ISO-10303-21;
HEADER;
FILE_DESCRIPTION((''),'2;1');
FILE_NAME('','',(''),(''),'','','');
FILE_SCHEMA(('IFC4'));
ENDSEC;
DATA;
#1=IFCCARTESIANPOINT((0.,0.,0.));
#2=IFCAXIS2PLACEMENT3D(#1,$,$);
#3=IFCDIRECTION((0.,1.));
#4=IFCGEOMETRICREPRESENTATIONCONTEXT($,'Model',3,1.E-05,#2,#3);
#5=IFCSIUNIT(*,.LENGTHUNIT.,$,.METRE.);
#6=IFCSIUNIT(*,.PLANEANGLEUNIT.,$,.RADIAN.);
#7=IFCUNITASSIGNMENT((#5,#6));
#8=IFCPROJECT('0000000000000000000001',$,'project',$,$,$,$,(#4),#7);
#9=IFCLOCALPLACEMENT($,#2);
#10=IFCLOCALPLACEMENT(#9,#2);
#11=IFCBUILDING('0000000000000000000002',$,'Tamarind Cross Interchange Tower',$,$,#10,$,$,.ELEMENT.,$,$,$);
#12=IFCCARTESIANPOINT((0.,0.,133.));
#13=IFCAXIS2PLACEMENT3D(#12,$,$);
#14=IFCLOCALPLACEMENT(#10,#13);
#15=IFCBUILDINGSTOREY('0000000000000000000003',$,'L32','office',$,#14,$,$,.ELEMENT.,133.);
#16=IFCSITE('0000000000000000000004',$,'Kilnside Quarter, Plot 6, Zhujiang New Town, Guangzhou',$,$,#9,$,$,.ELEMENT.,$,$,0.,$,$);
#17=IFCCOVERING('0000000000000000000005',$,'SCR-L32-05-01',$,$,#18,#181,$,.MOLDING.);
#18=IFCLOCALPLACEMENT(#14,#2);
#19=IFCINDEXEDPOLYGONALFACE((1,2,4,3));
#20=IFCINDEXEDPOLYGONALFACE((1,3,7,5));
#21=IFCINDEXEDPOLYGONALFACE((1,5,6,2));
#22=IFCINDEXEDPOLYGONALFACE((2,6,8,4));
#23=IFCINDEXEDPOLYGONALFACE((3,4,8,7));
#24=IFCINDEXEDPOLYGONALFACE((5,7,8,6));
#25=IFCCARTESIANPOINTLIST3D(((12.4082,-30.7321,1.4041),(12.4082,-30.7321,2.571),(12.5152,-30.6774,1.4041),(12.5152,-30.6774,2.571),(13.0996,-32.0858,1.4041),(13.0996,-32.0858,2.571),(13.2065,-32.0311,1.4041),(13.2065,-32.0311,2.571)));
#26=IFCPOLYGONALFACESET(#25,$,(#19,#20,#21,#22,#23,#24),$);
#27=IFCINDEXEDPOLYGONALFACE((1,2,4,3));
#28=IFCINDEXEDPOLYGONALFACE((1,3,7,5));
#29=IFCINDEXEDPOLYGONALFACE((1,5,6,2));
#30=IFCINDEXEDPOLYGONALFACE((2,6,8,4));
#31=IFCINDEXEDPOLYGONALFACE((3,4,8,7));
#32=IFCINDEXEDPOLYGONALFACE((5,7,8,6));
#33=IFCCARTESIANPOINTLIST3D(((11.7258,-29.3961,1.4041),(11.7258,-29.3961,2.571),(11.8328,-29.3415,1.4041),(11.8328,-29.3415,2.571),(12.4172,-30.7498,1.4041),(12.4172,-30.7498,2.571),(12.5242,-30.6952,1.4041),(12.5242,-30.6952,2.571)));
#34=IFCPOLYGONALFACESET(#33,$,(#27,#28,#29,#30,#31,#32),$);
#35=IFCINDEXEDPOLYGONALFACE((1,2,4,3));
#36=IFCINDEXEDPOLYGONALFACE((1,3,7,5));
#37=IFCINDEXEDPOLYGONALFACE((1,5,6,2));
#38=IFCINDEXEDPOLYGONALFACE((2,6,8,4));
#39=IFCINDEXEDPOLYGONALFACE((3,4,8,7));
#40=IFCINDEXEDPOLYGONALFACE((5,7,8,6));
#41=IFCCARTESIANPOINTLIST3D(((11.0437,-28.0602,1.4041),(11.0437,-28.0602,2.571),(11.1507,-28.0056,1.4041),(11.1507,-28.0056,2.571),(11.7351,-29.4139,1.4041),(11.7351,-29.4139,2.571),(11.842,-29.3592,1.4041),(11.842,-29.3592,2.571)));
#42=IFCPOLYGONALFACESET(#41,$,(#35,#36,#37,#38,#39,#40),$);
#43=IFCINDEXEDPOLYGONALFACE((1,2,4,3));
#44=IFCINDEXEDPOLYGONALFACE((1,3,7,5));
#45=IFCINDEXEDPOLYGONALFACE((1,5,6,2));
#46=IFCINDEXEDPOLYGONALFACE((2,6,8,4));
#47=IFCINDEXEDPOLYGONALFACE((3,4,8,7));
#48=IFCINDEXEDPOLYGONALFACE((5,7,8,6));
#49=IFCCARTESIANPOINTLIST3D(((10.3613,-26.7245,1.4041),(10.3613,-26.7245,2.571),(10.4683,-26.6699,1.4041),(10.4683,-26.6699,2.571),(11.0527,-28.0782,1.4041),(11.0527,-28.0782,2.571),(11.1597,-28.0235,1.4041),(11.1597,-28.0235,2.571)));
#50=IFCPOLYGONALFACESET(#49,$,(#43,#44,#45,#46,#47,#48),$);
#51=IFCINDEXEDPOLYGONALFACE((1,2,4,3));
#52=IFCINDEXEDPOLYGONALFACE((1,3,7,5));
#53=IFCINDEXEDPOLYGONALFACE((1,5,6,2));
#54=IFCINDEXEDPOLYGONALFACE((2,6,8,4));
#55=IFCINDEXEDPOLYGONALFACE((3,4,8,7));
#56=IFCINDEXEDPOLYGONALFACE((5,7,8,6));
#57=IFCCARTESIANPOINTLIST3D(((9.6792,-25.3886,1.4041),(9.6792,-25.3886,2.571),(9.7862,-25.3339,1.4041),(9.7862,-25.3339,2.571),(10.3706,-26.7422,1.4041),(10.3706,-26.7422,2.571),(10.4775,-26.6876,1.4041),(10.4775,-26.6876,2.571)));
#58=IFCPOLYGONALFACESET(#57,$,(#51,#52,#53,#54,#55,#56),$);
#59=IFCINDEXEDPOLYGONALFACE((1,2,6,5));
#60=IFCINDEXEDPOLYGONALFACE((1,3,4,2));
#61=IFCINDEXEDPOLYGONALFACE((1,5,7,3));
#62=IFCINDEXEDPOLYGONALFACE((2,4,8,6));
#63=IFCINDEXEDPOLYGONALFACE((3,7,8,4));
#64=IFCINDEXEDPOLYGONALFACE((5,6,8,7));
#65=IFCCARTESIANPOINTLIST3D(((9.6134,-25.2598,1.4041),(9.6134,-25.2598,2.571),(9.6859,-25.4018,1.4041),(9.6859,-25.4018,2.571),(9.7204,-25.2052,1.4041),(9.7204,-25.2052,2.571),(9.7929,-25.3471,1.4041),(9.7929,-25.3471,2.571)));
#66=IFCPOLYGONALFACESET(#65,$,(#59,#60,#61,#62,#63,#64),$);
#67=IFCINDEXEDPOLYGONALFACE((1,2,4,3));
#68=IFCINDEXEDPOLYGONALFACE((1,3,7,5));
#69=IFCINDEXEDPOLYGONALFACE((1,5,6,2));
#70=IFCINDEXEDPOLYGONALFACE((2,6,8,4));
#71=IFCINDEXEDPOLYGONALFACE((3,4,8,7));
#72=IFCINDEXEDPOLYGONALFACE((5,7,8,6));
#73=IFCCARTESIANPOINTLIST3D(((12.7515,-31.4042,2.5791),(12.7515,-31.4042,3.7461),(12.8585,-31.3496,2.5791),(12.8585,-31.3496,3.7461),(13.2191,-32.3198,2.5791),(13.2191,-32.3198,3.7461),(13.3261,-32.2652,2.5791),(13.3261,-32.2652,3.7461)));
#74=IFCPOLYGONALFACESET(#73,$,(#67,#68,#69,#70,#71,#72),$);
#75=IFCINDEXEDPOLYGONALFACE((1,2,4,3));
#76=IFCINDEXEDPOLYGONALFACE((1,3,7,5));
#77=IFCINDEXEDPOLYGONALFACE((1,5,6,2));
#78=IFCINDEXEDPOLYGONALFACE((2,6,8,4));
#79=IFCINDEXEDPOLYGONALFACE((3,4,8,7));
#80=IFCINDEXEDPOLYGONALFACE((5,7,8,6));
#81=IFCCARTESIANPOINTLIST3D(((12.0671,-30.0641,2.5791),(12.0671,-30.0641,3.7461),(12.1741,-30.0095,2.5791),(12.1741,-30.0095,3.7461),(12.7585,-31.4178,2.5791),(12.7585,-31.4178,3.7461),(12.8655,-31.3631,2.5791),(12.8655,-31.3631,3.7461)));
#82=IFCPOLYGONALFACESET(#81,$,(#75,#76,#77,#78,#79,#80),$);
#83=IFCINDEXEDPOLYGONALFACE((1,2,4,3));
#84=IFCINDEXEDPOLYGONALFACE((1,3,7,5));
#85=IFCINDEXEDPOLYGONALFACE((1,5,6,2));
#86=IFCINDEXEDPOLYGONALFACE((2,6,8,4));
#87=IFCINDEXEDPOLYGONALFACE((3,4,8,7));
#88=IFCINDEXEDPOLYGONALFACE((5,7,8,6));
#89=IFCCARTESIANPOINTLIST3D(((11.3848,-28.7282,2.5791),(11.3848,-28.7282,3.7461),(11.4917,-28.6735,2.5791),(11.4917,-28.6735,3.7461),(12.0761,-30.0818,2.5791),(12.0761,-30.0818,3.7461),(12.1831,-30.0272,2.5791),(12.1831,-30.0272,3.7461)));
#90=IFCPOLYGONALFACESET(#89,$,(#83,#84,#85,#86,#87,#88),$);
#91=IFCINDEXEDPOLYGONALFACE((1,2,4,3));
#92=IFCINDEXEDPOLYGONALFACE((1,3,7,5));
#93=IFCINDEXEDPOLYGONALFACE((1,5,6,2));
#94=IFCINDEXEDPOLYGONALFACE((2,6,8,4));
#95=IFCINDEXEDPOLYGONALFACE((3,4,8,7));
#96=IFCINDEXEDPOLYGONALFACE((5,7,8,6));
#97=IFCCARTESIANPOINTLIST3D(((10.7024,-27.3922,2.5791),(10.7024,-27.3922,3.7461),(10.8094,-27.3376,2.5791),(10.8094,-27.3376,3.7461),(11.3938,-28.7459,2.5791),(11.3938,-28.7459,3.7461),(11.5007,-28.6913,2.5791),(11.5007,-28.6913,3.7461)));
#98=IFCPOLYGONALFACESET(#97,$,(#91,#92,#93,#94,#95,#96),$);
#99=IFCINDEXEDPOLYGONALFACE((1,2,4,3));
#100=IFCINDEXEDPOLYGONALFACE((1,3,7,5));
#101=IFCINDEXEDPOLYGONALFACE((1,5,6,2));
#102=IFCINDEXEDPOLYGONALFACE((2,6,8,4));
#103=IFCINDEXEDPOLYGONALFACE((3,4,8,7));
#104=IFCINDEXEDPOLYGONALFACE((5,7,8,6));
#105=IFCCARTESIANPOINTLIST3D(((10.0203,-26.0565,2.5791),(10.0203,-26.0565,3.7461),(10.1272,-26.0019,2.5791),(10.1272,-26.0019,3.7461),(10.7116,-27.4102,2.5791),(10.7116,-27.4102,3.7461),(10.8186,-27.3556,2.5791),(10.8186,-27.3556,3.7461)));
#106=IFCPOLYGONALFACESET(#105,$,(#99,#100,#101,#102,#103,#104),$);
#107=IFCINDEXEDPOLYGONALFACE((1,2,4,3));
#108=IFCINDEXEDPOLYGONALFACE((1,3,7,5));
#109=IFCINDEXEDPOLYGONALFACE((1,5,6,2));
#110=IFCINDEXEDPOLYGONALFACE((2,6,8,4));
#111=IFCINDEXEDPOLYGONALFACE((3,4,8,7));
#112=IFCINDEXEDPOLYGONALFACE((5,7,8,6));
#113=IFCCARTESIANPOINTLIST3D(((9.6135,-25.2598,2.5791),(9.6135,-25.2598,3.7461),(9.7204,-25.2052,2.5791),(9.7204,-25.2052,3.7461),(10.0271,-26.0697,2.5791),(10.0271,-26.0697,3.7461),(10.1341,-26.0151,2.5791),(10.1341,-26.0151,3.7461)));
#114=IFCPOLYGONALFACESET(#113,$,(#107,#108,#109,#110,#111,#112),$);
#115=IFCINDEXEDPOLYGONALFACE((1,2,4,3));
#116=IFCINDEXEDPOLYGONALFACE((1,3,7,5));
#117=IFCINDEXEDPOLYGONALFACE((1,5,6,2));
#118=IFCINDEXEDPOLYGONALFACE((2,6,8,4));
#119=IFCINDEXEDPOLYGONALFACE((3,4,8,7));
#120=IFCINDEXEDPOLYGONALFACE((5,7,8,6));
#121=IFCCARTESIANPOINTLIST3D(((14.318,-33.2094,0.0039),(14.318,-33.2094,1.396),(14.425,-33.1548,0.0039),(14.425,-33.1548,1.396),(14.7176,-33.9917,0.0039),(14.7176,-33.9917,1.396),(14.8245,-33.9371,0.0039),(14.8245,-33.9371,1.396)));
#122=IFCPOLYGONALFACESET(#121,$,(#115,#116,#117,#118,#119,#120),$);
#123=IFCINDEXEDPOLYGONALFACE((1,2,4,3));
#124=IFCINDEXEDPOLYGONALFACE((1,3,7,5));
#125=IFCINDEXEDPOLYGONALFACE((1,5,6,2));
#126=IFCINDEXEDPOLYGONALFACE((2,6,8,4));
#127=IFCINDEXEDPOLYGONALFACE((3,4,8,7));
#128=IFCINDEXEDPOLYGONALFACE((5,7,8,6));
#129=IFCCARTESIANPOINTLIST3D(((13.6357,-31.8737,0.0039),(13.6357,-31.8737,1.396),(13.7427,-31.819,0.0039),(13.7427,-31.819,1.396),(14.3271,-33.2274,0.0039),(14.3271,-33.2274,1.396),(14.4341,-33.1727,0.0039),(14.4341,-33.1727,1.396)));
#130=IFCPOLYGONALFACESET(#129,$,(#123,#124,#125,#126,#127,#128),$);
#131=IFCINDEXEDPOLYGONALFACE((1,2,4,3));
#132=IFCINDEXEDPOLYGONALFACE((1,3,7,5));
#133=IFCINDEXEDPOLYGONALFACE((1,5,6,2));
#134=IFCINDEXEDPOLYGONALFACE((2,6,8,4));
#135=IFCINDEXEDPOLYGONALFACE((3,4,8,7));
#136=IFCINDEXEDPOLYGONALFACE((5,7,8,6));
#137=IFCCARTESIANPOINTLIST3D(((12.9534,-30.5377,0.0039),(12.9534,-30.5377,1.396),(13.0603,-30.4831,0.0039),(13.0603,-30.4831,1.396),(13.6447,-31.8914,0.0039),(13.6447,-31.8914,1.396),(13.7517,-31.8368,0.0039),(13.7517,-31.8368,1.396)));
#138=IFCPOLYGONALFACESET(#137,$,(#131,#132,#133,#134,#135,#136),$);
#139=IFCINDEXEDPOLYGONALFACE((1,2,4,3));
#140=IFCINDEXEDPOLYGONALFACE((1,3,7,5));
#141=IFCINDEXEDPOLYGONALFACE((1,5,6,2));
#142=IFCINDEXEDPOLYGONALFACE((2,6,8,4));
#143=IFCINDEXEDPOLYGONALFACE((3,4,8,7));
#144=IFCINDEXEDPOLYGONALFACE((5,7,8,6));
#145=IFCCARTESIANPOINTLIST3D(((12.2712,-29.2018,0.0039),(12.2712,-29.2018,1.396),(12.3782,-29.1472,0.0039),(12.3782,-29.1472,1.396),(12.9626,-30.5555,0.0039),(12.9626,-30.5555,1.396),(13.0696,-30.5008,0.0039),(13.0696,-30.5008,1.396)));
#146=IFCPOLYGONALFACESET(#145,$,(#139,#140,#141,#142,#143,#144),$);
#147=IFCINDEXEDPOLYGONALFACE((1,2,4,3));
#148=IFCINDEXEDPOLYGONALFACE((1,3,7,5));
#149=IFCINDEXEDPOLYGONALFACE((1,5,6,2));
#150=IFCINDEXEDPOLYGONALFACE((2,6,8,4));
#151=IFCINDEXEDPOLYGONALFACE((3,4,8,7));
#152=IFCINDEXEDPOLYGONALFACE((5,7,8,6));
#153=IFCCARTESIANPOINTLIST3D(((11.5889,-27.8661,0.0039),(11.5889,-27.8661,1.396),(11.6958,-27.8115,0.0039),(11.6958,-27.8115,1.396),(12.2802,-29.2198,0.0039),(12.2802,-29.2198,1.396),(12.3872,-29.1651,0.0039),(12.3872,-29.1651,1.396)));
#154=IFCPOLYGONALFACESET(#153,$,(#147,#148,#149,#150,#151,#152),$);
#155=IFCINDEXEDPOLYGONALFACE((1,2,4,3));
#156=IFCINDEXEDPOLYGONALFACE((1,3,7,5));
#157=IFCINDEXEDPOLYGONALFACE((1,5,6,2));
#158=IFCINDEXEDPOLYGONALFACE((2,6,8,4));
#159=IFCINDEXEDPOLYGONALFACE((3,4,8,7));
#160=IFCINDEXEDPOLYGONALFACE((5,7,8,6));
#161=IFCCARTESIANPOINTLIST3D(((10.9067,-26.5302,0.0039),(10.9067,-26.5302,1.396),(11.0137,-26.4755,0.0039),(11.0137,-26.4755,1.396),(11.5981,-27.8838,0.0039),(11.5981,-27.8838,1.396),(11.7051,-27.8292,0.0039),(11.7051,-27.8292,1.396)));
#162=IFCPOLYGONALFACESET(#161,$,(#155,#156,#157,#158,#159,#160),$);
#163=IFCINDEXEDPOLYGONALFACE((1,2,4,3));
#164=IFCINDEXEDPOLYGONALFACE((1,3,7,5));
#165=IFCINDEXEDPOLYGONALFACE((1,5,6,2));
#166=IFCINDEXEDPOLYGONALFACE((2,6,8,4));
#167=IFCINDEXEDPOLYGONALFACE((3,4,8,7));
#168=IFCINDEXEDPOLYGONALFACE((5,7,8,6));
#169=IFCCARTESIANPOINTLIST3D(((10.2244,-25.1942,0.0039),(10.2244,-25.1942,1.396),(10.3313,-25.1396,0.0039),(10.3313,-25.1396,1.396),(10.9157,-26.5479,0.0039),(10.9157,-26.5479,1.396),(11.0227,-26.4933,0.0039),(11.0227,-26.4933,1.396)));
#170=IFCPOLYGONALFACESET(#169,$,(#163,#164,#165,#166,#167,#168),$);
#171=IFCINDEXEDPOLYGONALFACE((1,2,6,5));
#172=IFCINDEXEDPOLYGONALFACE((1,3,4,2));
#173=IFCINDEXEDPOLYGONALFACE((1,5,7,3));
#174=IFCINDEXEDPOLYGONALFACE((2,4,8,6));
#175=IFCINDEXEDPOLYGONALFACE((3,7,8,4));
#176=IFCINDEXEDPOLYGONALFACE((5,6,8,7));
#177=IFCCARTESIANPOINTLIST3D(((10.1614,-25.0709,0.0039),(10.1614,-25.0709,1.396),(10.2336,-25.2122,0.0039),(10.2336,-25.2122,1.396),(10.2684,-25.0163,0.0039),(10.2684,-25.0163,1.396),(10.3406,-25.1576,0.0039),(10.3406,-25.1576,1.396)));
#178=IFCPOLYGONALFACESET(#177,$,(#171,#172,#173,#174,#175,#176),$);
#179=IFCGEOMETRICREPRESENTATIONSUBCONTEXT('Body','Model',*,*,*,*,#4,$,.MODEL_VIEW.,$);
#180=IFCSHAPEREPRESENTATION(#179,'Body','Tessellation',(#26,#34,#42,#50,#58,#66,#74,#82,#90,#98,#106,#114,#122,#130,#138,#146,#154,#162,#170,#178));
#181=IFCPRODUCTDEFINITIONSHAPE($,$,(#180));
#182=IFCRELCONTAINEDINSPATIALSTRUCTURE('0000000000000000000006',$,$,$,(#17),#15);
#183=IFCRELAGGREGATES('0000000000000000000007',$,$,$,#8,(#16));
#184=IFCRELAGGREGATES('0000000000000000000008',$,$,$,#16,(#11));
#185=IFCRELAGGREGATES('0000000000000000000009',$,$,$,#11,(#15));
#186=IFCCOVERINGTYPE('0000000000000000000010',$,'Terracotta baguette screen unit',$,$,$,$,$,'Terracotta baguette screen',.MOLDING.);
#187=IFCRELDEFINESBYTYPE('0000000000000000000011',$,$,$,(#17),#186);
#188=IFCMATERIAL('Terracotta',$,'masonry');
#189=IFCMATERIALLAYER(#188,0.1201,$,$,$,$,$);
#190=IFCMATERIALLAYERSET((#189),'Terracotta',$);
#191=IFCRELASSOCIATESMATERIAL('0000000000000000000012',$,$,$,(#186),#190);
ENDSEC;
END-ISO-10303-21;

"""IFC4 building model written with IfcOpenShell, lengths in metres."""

from ifc_helpers import new_model, si_unit, direction, frame, origin, origin_2d, place, context, subcontext, project, spatial, rectangle, extrude, material, layer, layer_set, type_object, element, save


model = new_model("IFC4")

# Units and contexts
model_context = context("Model", 3, precision=1e-05, world=origin(), true_north=direction((0.0, 1.0)))
body_context = subcontext(model_context, "Body", "Model", "MODEL_VIEW")
ifc_project = project(units=[si_unit("LENGTHUNIT", "METRE"), si_unit("PLANEANGLEUNIT", "RADIAN")], contexts=[model_context])

# Site, building, storey
site_placement = place(None, origin())
site = spatial("IfcSite", under=ifc_project, at=site_placement, Name="Kilnside Quarter, Plot 6, Zhujiang New Town, Guangzhou", CompositionType="ELEMENT", RefElevation=0.0)
building_placement = place(site_placement, origin())
building = spatial("IfcBuilding", under=site, at=building_placement, Name="Tamarind Cross Interchange Tower", CompositionType="ELEMENT")
storey_placement = place(building_placement, frame((0.0, 0.0, 133.0)))
storey = spatial("IfcBuildingStorey", under=building, at=storey_placement, Name="L32", Description="office", CompositionType="ELEMENT", Elevation=133.0)

# Covering
ifc_material_1 = material(Name="Terracotta", Category="masonry")
ifc_layer_1 = layer(ifc_material_1, 0.1201)
ifc_layer_set_1 = layer_set([ifc_layer_1], Name="Terracotta")
covering_type = type_object("IfcCoveringType", Name="Terracotta baguette screen unit", ElementType="Terracotta baguette screen", PredefinedType="MOLDING", material=ifc_layer_set_1)
covering_1_placement = place(storey_placement, origin())
element("IfcCovering", 1, at=covering_1_placement, inside=storey, type_object=covering_type, Name="SCR-L32-05-01", PredefinedType="MOLDING", context=body_context, shape_type="SweptSolid", body=[
    extrude(rectangle(XDim=1.52, YDim=0.1201, at=origin_2d()), frame((12.8074, -31.3816, 1.4041), z_axis=(0.0, 0.0, 1.0), x_axis=(-0.454847, 0.89057, 0.0)), (0.0, 0.0, 1.0), 1.167),
    extrude(rectangle(XDim=1.52, YDim=0.1201, at=origin_2d()), frame((12.125, -30.0457, 1.4041), z_axis=(0.0, 0.0, 1.0), x_axis=(-0.454847, 0.89057, 0.0)), (0.0, 0.0, 1.0), 1.167),
    extrude(rectangle(XDim=1.52, YDim=0.1201, at=origin_2d()), frame((11.4429, -28.7097, 1.4041), z_axis=(0.0, 0.0, 1.0), x_axis=(-0.454847, 0.89057, 0.0)), (0.0, 0.0, 1.0), 1.167),
    extrude(rectangle(XDim=1.52, YDim=0.1201, at=origin_2d()), frame((10.7605, -27.374, 1.4041), z_axis=(0.0, 0.0, 1.0), x_axis=(-0.454847, 0.89057, 0.0)), (0.0, 0.0, 1.0), 1.167),
    extrude(rectangle(XDim=1.52, YDim=0.1201, at=origin_2d()), frame((10.0784, -26.0381, 1.4041), z_axis=(0.0, 0.0, 1.0), x_axis=(-0.454847, 0.89057, 0.0)), (0.0, 0.0, 1.0), 1.167),
    extrude(rectangle(XDim=0.1594, YDim=0.1201, at=origin_2d()), frame((9.7031, -25.3035, 1.4041), z_axis=(0.0, 0.0, 1.0), x_axis=(-0.454847, 0.89057, 0.0)), (0.0, 0.0, 1.0), 1.167),
    extrude(rectangle(XDim=1.0281, YDim=0.1201, at=origin_2d()), frame((13.0388, -31.8347, 2.5791), z_axis=(0.0, 0.0, 1.0), x_axis=(-0.454847, 0.89057, 0.0)), (0.0, 0.0, 1.0), 1.167),
    extrude(rectangle(XDim=1.52, YDim=0.1201, at=origin_2d()), frame((12.4663, -30.7136, 2.5791), z_axis=(0.0, 0.0, 1.0), x_axis=(-0.454847, 0.89057, 0.0)), (0.0, 0.0, 1.0), 1.167),
    extrude(rectangle(XDim=1.52, YDim=0.1201, at=origin_2d()), frame((11.7839, -29.3777, 2.5791), z_axis=(0.0, 0.0, 1.0), x_axis=(-0.454847, 0.89057, 0.0)), (0.0, 0.0, 1.0), 1.167),
    extrude(rectangle(XDim=1.52, YDim=0.1201, at=origin_2d()), frame((11.1016, -28.0417, 2.5791), z_axis=(0.0, 0.0, 1.0), x_axis=(-0.454847, 0.89057, 0.0)), (0.0, 0.0, 1.0), 1.167),
    extrude(rectangle(XDim=1.52, YDim=0.1201, at=origin_2d()), frame((10.4194, -26.7061, 2.5791), z_axis=(0.0, 0.0, 1.0), x_axis=(-0.454847, 0.89057, 0.0)), (0.0, 0.0, 1.0), 1.167),
    extrude(rectangle(XDim=0.9094, YDim=0.1201, at=origin_2d()), frame((9.8738, -25.6375, 2.5791), z_axis=(0.0, 0.0, 1.0), x_axis=(-0.454847, 0.89057, 0.0)), (0.0, 0.0, 1.0), 1.167),
    extrude(rectangle(XDim=0.8784, YDim=0.1201, at=origin_2d()), frame((14.5713, -33.5732, 0.0039), z_axis=(0.0, 0.0, 1.0), x_axis=(-0.454847, 0.89057, 0.0)), (0.0, 0.0, 1.0), 1.3921),
    extrude(rectangle(XDim=1.52, YDim=0.1201, at=origin_2d()), frame((14.0349, -32.5232, 0.0039), z_axis=(0.0, 0.0, 1.0), x_axis=(-0.454847, 0.89057, 0.0)), (0.0, 0.0, 1.0), 1.3921),
    extrude(rectangle(XDim=1.52, YDim=0.1201, at=origin_2d()), frame((13.3525, -31.1873, 0.0039), z_axis=(0.0, 0.0, 1.0), x_axis=(-0.454847, 0.89057, 0.0)), (0.0, 0.0, 1.0), 1.3921),
    extrude(rectangle(XDim=1.52, YDim=0.1201, at=origin_2d()), frame((12.6704, -29.8513, 0.0039), z_axis=(0.0, 0.0, 1.0), x_axis=(-0.454847, 0.89057, 0.0)), (0.0, 0.0, 1.0), 1.3921),
    extrude(rectangle(XDim=1.52, YDim=0.1201, at=origin_2d()), frame((11.988, -28.5156, 0.0039), z_axis=(0.0, 0.0, 1.0), x_axis=(-0.454847, 0.89057, 0.0)), (0.0, 0.0, 1.0), 1.3921),
    extrude(rectangle(XDim=1.52, YDim=0.1201, at=origin_2d()), frame((11.3059, -27.1797, 0.0039), z_axis=(0.0, 0.0, 1.0), x_axis=(-0.454847, 0.89057, 0.0)), (0.0, 0.0, 1.0), 1.3921),
    extrude(rectangle(XDim=1.52, YDim=0.1201, at=origin_2d()), frame((10.6235, -25.8438, 0.0039), z_axis=(0.0, 0.0, 1.0), x_axis=(-0.454847, 0.89057, 0.0)), (0.0, 0.0, 1.0), 1.3921),
    extrude(rectangle(XDim=0.1587, YDim=0.1201, at=origin_2d()), frame((10.251, -25.1143, 0.0039), z_axis=(0.0, 0.0, 1.0), x_axis=(-0.454847, 0.89057, 0.0)), (0.0, 0.0, 1.0), 1.3921),
])

save(model, "model.ifc")
